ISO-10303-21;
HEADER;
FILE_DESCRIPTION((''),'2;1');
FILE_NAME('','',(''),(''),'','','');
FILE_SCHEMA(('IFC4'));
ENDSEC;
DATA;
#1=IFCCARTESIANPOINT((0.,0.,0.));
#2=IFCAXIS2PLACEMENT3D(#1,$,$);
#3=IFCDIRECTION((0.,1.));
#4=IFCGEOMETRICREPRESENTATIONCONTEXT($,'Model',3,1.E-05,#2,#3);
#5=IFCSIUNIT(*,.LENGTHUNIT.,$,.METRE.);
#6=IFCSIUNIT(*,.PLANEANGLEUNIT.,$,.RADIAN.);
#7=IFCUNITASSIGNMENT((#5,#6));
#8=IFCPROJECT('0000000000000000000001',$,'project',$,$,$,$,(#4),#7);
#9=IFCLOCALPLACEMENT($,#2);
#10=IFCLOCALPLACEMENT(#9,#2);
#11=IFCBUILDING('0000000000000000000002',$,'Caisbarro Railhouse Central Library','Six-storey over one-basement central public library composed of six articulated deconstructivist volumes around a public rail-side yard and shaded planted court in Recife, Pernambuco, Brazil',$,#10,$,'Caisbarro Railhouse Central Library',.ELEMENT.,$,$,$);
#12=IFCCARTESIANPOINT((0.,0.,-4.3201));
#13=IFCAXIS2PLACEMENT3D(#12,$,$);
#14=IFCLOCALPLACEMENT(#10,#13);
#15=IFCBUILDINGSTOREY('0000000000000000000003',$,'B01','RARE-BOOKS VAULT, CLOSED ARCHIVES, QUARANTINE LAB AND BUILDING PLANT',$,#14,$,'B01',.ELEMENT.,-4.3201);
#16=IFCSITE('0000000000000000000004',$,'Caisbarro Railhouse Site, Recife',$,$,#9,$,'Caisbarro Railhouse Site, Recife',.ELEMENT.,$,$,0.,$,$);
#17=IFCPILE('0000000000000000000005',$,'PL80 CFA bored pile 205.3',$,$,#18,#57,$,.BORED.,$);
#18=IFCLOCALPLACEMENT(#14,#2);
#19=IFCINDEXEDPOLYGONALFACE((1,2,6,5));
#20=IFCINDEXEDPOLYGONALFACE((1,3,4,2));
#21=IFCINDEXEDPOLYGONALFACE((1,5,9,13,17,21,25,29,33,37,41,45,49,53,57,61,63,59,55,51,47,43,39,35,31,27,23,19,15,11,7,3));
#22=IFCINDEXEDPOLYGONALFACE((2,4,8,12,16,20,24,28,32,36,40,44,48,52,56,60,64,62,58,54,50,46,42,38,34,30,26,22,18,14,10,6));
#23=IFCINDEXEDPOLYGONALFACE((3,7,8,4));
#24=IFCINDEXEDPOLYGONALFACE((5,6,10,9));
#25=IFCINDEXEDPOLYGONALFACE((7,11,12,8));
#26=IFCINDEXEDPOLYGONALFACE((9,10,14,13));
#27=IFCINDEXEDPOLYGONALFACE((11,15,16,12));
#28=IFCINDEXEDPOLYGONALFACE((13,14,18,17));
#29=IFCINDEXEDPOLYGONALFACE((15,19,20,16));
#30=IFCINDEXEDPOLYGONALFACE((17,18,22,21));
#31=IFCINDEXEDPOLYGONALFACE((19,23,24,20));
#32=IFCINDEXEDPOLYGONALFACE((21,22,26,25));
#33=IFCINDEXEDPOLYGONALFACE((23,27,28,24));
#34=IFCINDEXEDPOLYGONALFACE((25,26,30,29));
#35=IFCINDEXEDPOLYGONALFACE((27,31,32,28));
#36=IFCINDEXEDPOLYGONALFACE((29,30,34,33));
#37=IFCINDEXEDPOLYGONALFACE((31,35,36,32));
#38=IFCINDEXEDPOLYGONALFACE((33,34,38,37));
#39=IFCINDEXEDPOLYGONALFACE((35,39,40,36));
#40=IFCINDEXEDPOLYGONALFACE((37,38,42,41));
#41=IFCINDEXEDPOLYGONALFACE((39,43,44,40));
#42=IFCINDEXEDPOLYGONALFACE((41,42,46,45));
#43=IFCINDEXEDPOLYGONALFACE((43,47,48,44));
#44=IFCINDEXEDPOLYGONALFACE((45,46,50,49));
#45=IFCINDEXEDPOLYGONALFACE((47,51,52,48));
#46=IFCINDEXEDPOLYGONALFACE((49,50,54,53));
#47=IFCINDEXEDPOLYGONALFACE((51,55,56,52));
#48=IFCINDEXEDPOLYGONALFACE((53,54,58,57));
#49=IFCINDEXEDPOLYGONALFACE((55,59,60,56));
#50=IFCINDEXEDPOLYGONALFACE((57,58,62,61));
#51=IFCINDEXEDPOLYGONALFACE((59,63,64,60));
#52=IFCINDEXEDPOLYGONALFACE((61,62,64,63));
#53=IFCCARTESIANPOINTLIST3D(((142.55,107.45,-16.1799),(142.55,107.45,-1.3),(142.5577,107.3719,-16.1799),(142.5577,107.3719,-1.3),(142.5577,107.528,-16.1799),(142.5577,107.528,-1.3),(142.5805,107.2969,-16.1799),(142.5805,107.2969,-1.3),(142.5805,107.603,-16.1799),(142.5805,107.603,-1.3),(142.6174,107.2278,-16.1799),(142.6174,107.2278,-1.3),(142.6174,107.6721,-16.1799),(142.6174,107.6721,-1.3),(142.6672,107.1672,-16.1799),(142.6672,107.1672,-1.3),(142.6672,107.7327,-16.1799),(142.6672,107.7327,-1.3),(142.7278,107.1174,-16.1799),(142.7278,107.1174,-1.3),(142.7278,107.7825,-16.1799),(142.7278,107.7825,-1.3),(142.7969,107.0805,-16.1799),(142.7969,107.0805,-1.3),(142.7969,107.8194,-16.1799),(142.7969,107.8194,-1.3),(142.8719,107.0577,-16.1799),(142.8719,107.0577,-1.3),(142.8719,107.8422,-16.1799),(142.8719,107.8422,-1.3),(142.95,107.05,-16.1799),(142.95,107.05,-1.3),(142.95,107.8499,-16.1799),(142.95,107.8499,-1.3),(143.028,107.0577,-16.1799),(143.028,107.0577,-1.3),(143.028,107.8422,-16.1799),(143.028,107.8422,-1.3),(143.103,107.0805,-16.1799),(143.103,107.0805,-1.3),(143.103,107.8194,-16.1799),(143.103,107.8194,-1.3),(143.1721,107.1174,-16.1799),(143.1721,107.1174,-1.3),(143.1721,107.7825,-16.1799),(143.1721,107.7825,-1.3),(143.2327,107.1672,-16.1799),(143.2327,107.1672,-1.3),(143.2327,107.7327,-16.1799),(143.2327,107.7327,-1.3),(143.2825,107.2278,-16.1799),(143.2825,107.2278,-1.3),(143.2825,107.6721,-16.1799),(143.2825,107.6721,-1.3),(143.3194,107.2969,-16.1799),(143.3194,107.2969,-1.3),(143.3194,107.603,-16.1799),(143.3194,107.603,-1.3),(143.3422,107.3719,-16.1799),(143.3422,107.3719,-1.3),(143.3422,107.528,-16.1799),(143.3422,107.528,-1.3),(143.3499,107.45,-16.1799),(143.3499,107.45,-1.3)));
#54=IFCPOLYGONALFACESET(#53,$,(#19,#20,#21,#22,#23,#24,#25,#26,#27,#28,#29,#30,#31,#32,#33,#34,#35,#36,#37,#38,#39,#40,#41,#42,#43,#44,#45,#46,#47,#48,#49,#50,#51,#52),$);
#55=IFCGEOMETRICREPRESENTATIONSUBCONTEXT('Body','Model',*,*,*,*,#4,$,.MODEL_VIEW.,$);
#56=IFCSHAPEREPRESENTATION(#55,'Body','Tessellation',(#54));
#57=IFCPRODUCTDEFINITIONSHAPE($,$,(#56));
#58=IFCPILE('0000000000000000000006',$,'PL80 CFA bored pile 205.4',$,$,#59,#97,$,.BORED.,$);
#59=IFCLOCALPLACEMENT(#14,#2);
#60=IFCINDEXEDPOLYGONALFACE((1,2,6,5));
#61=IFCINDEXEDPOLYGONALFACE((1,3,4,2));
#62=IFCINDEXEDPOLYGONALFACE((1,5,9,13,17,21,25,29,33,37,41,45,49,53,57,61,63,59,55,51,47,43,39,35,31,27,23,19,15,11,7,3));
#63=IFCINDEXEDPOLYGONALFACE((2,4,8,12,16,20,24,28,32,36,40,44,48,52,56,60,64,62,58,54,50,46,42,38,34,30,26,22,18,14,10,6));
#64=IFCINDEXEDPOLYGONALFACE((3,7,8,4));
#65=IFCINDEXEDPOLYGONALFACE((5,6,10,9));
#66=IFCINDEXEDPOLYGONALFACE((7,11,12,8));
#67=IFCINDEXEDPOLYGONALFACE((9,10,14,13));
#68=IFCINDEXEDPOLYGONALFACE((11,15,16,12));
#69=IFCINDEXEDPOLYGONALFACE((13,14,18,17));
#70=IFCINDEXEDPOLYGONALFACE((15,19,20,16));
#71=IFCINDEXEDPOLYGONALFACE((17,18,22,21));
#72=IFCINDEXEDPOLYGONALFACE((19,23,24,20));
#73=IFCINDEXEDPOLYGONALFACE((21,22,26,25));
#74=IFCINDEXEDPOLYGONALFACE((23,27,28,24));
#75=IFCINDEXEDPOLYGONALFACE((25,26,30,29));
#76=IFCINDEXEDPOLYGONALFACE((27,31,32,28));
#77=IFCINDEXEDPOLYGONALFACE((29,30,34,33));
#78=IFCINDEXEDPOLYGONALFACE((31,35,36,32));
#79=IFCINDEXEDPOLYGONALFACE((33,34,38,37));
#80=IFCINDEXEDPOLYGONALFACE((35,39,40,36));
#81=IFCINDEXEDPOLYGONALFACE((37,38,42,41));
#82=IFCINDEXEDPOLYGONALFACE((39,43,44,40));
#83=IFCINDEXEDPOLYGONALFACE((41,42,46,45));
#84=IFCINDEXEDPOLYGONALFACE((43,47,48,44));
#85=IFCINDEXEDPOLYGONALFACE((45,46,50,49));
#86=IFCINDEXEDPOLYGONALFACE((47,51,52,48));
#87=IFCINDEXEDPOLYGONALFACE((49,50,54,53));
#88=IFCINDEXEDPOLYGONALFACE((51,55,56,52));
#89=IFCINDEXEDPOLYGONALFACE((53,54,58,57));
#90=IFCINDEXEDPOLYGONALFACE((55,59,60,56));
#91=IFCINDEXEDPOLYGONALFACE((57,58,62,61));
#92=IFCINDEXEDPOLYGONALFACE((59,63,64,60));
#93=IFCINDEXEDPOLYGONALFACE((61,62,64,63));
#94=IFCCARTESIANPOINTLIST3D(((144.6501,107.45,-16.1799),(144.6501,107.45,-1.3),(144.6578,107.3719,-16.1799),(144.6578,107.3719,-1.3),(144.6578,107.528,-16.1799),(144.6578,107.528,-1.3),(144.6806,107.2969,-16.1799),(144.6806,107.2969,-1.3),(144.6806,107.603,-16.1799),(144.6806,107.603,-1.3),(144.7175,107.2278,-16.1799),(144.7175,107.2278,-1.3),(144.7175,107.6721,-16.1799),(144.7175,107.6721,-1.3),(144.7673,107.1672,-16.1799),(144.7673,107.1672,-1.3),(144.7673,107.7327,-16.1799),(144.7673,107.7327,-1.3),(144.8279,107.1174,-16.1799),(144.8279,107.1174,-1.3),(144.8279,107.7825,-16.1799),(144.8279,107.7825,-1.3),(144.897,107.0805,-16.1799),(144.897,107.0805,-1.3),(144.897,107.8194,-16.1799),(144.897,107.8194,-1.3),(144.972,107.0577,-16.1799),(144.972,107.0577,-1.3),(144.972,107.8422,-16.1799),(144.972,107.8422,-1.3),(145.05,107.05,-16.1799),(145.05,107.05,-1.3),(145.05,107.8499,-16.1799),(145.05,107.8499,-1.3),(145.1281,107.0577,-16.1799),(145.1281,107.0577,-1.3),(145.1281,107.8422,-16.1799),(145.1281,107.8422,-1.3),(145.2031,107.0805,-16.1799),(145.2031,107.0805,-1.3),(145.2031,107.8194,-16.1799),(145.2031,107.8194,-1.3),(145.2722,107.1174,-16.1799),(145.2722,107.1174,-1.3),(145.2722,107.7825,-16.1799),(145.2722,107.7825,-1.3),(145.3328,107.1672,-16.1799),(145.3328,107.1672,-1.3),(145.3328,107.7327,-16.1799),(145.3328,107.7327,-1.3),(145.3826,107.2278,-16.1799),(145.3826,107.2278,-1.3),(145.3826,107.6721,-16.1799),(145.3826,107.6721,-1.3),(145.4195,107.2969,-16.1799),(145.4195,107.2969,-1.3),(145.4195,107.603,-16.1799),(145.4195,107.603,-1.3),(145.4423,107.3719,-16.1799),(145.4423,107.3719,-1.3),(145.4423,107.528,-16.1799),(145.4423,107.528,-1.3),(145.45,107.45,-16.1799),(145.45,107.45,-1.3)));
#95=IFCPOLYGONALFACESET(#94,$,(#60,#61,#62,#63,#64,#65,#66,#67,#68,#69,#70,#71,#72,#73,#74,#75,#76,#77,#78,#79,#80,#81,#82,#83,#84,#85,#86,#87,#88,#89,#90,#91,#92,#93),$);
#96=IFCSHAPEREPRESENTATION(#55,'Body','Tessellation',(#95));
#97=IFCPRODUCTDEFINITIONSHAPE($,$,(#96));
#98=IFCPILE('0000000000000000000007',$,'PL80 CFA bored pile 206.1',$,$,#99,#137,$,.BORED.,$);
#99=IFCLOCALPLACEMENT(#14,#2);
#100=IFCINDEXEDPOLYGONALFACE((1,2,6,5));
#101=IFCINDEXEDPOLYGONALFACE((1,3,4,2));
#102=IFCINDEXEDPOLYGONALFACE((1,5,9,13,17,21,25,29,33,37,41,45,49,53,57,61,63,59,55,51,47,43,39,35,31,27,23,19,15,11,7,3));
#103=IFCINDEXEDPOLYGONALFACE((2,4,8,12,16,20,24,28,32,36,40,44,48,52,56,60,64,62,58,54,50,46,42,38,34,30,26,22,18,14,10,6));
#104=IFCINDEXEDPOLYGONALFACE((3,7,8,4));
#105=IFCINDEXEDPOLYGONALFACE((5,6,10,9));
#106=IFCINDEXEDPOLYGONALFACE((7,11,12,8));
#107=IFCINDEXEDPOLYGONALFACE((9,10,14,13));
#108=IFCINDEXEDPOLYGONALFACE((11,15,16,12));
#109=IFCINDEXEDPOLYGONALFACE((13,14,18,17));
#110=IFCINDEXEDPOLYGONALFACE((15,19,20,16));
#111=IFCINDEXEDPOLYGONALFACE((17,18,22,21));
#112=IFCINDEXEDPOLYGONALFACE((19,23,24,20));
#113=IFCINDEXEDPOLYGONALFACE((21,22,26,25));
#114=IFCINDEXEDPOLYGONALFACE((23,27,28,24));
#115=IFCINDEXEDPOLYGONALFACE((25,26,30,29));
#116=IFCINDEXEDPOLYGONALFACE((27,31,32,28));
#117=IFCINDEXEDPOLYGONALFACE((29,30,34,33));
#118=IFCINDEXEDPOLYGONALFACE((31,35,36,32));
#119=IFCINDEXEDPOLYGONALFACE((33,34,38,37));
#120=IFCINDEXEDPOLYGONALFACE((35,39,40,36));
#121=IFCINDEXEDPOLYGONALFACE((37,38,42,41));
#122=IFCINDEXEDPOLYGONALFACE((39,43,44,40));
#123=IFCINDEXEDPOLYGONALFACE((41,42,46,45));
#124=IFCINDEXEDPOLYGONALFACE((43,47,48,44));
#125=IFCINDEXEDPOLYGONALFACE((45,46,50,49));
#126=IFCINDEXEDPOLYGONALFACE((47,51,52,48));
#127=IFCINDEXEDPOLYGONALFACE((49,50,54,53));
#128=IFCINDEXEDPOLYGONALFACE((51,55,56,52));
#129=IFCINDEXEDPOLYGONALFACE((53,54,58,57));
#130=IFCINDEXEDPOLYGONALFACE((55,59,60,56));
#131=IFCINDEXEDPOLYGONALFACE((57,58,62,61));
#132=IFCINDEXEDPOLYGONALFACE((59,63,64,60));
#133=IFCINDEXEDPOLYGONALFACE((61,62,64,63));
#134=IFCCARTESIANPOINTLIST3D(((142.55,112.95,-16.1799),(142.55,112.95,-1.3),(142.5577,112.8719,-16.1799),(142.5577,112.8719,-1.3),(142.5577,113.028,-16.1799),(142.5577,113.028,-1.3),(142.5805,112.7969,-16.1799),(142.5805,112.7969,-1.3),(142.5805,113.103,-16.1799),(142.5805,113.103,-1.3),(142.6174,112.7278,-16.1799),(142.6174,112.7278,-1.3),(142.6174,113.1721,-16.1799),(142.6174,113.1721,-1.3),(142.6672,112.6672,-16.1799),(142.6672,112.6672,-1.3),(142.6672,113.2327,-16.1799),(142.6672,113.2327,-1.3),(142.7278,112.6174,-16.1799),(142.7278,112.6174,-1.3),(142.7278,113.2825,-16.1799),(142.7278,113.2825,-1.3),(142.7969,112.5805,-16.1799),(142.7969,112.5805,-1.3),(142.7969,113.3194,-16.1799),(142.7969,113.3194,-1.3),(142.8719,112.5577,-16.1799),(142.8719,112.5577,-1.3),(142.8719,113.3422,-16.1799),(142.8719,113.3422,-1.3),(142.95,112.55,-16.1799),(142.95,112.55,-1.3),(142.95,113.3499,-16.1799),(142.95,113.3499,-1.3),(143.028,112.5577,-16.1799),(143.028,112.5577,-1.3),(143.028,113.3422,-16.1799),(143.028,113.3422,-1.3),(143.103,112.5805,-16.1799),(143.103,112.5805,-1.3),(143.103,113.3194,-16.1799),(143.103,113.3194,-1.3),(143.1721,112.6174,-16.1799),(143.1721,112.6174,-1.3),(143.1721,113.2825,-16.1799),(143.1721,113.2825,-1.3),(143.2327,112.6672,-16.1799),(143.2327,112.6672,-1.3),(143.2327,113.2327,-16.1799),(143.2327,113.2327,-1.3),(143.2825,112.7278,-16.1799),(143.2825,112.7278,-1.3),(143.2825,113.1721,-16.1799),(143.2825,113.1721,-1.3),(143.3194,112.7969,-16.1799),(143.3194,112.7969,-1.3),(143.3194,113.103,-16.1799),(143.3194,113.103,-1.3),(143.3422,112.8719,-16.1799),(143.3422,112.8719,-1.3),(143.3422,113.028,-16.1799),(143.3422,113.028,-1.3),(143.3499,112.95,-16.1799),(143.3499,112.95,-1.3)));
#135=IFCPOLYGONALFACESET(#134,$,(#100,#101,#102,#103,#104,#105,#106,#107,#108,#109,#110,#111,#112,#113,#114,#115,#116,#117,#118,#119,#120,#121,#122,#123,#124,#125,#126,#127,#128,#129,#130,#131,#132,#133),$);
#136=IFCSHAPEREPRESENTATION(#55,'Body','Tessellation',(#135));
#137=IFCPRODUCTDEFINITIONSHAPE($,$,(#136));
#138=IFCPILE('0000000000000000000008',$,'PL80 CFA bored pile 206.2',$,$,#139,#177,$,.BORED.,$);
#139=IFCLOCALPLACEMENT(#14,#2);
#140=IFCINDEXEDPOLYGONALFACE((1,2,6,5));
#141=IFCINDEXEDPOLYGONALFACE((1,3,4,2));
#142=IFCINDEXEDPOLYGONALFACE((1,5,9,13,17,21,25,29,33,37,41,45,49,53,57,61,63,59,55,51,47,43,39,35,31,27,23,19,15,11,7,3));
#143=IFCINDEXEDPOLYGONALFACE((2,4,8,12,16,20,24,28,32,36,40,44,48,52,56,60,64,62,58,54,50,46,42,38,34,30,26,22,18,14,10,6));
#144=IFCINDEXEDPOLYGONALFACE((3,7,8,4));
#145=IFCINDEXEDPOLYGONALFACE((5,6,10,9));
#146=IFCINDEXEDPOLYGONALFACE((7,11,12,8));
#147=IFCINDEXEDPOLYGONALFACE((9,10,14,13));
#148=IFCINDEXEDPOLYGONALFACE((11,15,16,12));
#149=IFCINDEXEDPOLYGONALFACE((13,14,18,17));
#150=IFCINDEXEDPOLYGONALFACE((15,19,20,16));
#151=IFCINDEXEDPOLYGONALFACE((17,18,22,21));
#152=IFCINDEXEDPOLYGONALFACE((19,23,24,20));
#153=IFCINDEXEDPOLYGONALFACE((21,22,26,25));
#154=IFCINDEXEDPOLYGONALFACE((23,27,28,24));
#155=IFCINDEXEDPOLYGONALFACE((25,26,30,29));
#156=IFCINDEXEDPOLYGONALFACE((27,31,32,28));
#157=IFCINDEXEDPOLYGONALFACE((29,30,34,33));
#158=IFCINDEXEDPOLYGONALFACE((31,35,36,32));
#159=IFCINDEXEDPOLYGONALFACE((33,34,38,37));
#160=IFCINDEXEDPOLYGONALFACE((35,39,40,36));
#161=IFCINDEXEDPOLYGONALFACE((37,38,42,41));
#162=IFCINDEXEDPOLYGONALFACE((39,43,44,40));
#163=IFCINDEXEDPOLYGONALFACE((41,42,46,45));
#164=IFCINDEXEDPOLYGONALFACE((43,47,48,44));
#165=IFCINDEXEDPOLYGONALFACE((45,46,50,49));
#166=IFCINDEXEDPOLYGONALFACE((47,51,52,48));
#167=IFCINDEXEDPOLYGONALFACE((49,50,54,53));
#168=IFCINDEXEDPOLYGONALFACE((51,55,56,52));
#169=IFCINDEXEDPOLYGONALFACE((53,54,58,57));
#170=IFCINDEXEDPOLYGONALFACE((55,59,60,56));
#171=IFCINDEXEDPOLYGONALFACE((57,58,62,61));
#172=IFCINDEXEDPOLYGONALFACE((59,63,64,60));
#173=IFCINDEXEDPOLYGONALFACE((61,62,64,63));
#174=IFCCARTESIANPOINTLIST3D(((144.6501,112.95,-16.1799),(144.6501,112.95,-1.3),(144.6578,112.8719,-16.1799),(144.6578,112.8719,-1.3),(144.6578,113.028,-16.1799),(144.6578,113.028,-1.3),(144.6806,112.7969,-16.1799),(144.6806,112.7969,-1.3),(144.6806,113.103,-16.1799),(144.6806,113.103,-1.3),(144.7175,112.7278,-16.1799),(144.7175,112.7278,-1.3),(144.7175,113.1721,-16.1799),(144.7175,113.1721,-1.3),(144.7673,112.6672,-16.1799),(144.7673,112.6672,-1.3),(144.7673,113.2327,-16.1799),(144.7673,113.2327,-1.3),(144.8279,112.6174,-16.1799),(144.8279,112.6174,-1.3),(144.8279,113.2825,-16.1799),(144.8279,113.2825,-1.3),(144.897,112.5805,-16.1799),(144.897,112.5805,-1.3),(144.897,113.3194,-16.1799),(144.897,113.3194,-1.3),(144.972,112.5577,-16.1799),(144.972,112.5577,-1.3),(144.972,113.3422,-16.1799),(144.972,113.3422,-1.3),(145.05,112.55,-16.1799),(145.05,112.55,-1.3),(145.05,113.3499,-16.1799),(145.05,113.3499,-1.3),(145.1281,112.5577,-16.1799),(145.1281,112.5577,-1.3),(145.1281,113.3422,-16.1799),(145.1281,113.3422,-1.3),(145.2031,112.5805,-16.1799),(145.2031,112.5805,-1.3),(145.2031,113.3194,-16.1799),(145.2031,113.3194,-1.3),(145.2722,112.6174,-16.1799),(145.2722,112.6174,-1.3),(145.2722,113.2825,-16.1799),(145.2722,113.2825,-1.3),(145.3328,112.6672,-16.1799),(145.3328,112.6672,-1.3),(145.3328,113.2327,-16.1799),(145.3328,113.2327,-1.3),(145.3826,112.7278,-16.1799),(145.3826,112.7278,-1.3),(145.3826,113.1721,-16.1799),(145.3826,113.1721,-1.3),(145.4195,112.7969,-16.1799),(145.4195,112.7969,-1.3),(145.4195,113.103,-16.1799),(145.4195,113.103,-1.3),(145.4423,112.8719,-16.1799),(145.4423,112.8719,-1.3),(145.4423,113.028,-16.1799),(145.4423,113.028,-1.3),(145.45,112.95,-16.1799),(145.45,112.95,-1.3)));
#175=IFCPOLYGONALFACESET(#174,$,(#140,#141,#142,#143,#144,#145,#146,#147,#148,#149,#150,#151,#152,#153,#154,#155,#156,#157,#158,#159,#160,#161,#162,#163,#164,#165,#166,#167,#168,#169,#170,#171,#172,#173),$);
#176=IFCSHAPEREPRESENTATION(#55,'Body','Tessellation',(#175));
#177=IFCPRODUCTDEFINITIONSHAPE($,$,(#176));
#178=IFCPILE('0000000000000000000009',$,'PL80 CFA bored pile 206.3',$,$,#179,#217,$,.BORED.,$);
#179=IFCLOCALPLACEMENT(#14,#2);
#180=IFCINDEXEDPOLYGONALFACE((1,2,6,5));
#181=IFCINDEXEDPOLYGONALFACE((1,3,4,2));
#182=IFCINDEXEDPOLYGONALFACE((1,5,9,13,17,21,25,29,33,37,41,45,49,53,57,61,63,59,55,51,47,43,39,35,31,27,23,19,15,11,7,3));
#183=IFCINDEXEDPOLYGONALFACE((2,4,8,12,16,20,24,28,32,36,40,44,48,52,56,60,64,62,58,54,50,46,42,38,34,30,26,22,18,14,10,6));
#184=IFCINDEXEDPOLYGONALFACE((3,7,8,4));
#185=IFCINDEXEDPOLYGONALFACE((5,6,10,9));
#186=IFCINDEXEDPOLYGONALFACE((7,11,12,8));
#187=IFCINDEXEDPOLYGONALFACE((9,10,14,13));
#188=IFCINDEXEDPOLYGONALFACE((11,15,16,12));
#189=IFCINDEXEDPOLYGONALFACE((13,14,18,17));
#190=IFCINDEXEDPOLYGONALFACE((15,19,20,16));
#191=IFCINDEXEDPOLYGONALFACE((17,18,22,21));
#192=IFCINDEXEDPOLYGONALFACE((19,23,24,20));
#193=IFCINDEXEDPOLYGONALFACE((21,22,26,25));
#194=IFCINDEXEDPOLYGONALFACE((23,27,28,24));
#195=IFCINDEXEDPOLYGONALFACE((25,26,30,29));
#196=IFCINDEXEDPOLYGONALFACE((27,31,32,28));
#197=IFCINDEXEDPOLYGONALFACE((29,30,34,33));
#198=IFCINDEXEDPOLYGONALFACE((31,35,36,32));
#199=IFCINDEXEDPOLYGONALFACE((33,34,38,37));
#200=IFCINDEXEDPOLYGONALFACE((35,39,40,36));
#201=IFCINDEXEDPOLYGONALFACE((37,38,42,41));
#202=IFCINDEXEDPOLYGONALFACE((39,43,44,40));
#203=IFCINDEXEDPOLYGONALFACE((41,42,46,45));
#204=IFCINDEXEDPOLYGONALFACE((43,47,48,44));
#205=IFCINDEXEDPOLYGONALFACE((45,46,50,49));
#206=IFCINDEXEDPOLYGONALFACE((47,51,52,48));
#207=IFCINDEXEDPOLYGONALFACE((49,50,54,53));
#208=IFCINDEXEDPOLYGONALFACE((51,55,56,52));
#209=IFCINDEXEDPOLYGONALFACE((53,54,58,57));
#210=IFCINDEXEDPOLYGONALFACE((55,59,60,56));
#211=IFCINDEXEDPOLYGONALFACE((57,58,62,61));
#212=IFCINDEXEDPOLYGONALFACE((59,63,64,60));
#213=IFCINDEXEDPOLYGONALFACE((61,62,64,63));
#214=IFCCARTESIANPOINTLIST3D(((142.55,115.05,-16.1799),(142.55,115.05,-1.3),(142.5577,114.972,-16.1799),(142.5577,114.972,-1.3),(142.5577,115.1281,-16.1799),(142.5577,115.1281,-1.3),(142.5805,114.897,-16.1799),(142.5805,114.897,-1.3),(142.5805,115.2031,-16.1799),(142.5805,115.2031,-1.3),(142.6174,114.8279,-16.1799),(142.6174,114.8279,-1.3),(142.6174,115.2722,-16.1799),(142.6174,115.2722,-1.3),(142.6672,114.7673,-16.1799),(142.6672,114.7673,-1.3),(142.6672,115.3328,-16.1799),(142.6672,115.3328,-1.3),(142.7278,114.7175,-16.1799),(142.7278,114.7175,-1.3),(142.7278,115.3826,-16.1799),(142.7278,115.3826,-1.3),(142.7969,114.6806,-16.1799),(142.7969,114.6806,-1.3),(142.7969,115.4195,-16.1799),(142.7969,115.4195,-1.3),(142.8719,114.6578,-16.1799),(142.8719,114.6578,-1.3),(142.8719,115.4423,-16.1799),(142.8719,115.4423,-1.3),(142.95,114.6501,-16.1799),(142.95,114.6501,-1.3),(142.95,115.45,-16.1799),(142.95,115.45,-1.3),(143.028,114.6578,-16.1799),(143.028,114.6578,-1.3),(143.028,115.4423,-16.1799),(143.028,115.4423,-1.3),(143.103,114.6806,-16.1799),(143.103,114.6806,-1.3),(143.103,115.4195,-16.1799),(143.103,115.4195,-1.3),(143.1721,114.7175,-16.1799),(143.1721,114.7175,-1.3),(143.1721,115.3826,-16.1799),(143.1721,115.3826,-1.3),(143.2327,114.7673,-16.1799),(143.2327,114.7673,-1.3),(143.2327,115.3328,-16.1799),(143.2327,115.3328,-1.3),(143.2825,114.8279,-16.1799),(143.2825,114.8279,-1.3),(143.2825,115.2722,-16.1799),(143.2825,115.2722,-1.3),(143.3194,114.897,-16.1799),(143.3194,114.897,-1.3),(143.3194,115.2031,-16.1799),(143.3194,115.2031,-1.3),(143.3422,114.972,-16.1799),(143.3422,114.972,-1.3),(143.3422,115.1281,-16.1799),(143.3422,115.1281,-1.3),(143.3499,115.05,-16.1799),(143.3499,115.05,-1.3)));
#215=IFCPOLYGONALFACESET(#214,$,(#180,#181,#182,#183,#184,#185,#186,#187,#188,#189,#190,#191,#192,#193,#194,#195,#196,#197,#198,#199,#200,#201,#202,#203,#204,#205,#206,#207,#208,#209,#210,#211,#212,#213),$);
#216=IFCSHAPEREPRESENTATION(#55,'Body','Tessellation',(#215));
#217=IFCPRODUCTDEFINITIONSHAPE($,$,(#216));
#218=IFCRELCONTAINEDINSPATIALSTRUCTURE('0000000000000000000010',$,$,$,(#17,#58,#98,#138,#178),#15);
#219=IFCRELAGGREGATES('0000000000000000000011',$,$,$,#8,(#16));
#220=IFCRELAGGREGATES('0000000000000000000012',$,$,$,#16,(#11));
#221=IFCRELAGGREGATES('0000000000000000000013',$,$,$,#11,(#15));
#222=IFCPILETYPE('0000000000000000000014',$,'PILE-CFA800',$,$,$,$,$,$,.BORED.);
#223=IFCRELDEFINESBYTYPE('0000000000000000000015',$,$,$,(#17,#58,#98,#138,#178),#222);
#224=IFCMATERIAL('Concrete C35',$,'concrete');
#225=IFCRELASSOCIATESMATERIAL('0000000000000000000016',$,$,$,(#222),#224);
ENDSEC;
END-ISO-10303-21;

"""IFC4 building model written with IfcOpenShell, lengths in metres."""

from ifc_helpers import new_model, si_unit, direction, frame, origin, origin_2d, place, context, subcontext, project, spatial, circle, extrude, material, material_profile, profile_set, type_object, element, save


model = new_model("IFC4")

# Units and contexts
model_context = context("Model", 3, precision=1e-05, world=origin(), true_north=direction((0.0, 1.0)))
body_context = subcontext(model_context, "Body", "Model", "MODEL_VIEW")
ifc_project = project(units=[si_unit("LENGTHUNIT", "METRE"), si_unit("PLANEANGLEUNIT", "RADIAN")], contexts=[model_context])

# Site, building, storey
site_placement = place(None, origin())
site = spatial("IfcSite", under=ifc_project, at=site_placement, Name="Caisbarro Railhouse Site, Recife", LongName="Caisbarro Railhouse Site, Recife", CompositionType="ELEMENT", RefElevation=0.0)
building_placement = place(site_placement, origin())
building = spatial("IfcBuilding", under=site, at=building_placement, Name="Caisbarro Railhouse Central Library", Description="Six-storey over one-basement central public library composed of six articulated deconstructivist volumes around a public rail-side yard and shaded planted court in Recife, Pernambuco, Brazil", LongName="Caisbarro Railhouse Central Library", CompositionType="ELEMENT")
storey_placement = place(building_placement, frame((0.0, 0.0, -4.3201)))
storey = spatial("IfcBuildingStorey", under=building, at=storey_placement, Name="B01", Description="RARE-BOOKS VAULT, CLOSED ARCHIVES, QUARANTINE LAB AND BUILDING PLANT", LongName="B01", CompositionType="ELEMENT", Elevation=-4.3201)

# Shared definitions
ifc_material_1 = material(Name="Concrete C35", Category="concrete")

# Piles
ifc_material_profile_1 = material_profile(ifc_material_1, circle(Radius=0.3999, at=origin_2d()), Name="PILE-CFA-800")
ifc_profile_set_1 = profile_set([ifc_material_profile_1], Name="Concrete C35")
pile_type_1 = type_object("IfcPileType", Name="PILE-CFA800", PredefinedType="BORED", material=ifc_profile_set_1)
for number, where, z_axis, x_axis, name in (
    (1, (142.95, 107.45, -1.3), (0.0, 0.0, -1.0), (1.0, 0.0, 0.0), "PL80 CFA bored pile 205.3"),
    (2, (145.05, 107.45, -1.3), (0.0, 0.0, -1.0), (1.0, 0.0, 0.0), "PL80 CFA bored pile 205.4"),
    (3, (142.95, 112.95, -1.3), (0.0, 0.0, -1.0), (1.0, 0.0, 0.0), "PL80 CFA bored pile 206.1"),
    (4, (145.05, 112.95, -1.3), (0.0, 0.0, -1.0), (1.0, 0.0, 0.0), "PL80 CFA bored pile 206.2"),
    (5, (142.95, 115.05, -1.3), (0.0, 0.0, -1.0), (1.0, 0.0, 0.0), "PL80 CFA bored pile 206.3"),
):
    element("IfcPile", number, at=place(storey_placement, frame(where, z_axis=z_axis, x_axis=x_axis)), inside=storey, type_object=pile_type_1, Name=name, PredefinedType="BORED", context=body_context, shape_type="SweptSolid", body=[
        extrude(circle(Radius=0.3999, at=origin_2d()), origin(), (0.0, 0.0, 1.0), 14.8799),
    ])

save(model, "model.ifc")
